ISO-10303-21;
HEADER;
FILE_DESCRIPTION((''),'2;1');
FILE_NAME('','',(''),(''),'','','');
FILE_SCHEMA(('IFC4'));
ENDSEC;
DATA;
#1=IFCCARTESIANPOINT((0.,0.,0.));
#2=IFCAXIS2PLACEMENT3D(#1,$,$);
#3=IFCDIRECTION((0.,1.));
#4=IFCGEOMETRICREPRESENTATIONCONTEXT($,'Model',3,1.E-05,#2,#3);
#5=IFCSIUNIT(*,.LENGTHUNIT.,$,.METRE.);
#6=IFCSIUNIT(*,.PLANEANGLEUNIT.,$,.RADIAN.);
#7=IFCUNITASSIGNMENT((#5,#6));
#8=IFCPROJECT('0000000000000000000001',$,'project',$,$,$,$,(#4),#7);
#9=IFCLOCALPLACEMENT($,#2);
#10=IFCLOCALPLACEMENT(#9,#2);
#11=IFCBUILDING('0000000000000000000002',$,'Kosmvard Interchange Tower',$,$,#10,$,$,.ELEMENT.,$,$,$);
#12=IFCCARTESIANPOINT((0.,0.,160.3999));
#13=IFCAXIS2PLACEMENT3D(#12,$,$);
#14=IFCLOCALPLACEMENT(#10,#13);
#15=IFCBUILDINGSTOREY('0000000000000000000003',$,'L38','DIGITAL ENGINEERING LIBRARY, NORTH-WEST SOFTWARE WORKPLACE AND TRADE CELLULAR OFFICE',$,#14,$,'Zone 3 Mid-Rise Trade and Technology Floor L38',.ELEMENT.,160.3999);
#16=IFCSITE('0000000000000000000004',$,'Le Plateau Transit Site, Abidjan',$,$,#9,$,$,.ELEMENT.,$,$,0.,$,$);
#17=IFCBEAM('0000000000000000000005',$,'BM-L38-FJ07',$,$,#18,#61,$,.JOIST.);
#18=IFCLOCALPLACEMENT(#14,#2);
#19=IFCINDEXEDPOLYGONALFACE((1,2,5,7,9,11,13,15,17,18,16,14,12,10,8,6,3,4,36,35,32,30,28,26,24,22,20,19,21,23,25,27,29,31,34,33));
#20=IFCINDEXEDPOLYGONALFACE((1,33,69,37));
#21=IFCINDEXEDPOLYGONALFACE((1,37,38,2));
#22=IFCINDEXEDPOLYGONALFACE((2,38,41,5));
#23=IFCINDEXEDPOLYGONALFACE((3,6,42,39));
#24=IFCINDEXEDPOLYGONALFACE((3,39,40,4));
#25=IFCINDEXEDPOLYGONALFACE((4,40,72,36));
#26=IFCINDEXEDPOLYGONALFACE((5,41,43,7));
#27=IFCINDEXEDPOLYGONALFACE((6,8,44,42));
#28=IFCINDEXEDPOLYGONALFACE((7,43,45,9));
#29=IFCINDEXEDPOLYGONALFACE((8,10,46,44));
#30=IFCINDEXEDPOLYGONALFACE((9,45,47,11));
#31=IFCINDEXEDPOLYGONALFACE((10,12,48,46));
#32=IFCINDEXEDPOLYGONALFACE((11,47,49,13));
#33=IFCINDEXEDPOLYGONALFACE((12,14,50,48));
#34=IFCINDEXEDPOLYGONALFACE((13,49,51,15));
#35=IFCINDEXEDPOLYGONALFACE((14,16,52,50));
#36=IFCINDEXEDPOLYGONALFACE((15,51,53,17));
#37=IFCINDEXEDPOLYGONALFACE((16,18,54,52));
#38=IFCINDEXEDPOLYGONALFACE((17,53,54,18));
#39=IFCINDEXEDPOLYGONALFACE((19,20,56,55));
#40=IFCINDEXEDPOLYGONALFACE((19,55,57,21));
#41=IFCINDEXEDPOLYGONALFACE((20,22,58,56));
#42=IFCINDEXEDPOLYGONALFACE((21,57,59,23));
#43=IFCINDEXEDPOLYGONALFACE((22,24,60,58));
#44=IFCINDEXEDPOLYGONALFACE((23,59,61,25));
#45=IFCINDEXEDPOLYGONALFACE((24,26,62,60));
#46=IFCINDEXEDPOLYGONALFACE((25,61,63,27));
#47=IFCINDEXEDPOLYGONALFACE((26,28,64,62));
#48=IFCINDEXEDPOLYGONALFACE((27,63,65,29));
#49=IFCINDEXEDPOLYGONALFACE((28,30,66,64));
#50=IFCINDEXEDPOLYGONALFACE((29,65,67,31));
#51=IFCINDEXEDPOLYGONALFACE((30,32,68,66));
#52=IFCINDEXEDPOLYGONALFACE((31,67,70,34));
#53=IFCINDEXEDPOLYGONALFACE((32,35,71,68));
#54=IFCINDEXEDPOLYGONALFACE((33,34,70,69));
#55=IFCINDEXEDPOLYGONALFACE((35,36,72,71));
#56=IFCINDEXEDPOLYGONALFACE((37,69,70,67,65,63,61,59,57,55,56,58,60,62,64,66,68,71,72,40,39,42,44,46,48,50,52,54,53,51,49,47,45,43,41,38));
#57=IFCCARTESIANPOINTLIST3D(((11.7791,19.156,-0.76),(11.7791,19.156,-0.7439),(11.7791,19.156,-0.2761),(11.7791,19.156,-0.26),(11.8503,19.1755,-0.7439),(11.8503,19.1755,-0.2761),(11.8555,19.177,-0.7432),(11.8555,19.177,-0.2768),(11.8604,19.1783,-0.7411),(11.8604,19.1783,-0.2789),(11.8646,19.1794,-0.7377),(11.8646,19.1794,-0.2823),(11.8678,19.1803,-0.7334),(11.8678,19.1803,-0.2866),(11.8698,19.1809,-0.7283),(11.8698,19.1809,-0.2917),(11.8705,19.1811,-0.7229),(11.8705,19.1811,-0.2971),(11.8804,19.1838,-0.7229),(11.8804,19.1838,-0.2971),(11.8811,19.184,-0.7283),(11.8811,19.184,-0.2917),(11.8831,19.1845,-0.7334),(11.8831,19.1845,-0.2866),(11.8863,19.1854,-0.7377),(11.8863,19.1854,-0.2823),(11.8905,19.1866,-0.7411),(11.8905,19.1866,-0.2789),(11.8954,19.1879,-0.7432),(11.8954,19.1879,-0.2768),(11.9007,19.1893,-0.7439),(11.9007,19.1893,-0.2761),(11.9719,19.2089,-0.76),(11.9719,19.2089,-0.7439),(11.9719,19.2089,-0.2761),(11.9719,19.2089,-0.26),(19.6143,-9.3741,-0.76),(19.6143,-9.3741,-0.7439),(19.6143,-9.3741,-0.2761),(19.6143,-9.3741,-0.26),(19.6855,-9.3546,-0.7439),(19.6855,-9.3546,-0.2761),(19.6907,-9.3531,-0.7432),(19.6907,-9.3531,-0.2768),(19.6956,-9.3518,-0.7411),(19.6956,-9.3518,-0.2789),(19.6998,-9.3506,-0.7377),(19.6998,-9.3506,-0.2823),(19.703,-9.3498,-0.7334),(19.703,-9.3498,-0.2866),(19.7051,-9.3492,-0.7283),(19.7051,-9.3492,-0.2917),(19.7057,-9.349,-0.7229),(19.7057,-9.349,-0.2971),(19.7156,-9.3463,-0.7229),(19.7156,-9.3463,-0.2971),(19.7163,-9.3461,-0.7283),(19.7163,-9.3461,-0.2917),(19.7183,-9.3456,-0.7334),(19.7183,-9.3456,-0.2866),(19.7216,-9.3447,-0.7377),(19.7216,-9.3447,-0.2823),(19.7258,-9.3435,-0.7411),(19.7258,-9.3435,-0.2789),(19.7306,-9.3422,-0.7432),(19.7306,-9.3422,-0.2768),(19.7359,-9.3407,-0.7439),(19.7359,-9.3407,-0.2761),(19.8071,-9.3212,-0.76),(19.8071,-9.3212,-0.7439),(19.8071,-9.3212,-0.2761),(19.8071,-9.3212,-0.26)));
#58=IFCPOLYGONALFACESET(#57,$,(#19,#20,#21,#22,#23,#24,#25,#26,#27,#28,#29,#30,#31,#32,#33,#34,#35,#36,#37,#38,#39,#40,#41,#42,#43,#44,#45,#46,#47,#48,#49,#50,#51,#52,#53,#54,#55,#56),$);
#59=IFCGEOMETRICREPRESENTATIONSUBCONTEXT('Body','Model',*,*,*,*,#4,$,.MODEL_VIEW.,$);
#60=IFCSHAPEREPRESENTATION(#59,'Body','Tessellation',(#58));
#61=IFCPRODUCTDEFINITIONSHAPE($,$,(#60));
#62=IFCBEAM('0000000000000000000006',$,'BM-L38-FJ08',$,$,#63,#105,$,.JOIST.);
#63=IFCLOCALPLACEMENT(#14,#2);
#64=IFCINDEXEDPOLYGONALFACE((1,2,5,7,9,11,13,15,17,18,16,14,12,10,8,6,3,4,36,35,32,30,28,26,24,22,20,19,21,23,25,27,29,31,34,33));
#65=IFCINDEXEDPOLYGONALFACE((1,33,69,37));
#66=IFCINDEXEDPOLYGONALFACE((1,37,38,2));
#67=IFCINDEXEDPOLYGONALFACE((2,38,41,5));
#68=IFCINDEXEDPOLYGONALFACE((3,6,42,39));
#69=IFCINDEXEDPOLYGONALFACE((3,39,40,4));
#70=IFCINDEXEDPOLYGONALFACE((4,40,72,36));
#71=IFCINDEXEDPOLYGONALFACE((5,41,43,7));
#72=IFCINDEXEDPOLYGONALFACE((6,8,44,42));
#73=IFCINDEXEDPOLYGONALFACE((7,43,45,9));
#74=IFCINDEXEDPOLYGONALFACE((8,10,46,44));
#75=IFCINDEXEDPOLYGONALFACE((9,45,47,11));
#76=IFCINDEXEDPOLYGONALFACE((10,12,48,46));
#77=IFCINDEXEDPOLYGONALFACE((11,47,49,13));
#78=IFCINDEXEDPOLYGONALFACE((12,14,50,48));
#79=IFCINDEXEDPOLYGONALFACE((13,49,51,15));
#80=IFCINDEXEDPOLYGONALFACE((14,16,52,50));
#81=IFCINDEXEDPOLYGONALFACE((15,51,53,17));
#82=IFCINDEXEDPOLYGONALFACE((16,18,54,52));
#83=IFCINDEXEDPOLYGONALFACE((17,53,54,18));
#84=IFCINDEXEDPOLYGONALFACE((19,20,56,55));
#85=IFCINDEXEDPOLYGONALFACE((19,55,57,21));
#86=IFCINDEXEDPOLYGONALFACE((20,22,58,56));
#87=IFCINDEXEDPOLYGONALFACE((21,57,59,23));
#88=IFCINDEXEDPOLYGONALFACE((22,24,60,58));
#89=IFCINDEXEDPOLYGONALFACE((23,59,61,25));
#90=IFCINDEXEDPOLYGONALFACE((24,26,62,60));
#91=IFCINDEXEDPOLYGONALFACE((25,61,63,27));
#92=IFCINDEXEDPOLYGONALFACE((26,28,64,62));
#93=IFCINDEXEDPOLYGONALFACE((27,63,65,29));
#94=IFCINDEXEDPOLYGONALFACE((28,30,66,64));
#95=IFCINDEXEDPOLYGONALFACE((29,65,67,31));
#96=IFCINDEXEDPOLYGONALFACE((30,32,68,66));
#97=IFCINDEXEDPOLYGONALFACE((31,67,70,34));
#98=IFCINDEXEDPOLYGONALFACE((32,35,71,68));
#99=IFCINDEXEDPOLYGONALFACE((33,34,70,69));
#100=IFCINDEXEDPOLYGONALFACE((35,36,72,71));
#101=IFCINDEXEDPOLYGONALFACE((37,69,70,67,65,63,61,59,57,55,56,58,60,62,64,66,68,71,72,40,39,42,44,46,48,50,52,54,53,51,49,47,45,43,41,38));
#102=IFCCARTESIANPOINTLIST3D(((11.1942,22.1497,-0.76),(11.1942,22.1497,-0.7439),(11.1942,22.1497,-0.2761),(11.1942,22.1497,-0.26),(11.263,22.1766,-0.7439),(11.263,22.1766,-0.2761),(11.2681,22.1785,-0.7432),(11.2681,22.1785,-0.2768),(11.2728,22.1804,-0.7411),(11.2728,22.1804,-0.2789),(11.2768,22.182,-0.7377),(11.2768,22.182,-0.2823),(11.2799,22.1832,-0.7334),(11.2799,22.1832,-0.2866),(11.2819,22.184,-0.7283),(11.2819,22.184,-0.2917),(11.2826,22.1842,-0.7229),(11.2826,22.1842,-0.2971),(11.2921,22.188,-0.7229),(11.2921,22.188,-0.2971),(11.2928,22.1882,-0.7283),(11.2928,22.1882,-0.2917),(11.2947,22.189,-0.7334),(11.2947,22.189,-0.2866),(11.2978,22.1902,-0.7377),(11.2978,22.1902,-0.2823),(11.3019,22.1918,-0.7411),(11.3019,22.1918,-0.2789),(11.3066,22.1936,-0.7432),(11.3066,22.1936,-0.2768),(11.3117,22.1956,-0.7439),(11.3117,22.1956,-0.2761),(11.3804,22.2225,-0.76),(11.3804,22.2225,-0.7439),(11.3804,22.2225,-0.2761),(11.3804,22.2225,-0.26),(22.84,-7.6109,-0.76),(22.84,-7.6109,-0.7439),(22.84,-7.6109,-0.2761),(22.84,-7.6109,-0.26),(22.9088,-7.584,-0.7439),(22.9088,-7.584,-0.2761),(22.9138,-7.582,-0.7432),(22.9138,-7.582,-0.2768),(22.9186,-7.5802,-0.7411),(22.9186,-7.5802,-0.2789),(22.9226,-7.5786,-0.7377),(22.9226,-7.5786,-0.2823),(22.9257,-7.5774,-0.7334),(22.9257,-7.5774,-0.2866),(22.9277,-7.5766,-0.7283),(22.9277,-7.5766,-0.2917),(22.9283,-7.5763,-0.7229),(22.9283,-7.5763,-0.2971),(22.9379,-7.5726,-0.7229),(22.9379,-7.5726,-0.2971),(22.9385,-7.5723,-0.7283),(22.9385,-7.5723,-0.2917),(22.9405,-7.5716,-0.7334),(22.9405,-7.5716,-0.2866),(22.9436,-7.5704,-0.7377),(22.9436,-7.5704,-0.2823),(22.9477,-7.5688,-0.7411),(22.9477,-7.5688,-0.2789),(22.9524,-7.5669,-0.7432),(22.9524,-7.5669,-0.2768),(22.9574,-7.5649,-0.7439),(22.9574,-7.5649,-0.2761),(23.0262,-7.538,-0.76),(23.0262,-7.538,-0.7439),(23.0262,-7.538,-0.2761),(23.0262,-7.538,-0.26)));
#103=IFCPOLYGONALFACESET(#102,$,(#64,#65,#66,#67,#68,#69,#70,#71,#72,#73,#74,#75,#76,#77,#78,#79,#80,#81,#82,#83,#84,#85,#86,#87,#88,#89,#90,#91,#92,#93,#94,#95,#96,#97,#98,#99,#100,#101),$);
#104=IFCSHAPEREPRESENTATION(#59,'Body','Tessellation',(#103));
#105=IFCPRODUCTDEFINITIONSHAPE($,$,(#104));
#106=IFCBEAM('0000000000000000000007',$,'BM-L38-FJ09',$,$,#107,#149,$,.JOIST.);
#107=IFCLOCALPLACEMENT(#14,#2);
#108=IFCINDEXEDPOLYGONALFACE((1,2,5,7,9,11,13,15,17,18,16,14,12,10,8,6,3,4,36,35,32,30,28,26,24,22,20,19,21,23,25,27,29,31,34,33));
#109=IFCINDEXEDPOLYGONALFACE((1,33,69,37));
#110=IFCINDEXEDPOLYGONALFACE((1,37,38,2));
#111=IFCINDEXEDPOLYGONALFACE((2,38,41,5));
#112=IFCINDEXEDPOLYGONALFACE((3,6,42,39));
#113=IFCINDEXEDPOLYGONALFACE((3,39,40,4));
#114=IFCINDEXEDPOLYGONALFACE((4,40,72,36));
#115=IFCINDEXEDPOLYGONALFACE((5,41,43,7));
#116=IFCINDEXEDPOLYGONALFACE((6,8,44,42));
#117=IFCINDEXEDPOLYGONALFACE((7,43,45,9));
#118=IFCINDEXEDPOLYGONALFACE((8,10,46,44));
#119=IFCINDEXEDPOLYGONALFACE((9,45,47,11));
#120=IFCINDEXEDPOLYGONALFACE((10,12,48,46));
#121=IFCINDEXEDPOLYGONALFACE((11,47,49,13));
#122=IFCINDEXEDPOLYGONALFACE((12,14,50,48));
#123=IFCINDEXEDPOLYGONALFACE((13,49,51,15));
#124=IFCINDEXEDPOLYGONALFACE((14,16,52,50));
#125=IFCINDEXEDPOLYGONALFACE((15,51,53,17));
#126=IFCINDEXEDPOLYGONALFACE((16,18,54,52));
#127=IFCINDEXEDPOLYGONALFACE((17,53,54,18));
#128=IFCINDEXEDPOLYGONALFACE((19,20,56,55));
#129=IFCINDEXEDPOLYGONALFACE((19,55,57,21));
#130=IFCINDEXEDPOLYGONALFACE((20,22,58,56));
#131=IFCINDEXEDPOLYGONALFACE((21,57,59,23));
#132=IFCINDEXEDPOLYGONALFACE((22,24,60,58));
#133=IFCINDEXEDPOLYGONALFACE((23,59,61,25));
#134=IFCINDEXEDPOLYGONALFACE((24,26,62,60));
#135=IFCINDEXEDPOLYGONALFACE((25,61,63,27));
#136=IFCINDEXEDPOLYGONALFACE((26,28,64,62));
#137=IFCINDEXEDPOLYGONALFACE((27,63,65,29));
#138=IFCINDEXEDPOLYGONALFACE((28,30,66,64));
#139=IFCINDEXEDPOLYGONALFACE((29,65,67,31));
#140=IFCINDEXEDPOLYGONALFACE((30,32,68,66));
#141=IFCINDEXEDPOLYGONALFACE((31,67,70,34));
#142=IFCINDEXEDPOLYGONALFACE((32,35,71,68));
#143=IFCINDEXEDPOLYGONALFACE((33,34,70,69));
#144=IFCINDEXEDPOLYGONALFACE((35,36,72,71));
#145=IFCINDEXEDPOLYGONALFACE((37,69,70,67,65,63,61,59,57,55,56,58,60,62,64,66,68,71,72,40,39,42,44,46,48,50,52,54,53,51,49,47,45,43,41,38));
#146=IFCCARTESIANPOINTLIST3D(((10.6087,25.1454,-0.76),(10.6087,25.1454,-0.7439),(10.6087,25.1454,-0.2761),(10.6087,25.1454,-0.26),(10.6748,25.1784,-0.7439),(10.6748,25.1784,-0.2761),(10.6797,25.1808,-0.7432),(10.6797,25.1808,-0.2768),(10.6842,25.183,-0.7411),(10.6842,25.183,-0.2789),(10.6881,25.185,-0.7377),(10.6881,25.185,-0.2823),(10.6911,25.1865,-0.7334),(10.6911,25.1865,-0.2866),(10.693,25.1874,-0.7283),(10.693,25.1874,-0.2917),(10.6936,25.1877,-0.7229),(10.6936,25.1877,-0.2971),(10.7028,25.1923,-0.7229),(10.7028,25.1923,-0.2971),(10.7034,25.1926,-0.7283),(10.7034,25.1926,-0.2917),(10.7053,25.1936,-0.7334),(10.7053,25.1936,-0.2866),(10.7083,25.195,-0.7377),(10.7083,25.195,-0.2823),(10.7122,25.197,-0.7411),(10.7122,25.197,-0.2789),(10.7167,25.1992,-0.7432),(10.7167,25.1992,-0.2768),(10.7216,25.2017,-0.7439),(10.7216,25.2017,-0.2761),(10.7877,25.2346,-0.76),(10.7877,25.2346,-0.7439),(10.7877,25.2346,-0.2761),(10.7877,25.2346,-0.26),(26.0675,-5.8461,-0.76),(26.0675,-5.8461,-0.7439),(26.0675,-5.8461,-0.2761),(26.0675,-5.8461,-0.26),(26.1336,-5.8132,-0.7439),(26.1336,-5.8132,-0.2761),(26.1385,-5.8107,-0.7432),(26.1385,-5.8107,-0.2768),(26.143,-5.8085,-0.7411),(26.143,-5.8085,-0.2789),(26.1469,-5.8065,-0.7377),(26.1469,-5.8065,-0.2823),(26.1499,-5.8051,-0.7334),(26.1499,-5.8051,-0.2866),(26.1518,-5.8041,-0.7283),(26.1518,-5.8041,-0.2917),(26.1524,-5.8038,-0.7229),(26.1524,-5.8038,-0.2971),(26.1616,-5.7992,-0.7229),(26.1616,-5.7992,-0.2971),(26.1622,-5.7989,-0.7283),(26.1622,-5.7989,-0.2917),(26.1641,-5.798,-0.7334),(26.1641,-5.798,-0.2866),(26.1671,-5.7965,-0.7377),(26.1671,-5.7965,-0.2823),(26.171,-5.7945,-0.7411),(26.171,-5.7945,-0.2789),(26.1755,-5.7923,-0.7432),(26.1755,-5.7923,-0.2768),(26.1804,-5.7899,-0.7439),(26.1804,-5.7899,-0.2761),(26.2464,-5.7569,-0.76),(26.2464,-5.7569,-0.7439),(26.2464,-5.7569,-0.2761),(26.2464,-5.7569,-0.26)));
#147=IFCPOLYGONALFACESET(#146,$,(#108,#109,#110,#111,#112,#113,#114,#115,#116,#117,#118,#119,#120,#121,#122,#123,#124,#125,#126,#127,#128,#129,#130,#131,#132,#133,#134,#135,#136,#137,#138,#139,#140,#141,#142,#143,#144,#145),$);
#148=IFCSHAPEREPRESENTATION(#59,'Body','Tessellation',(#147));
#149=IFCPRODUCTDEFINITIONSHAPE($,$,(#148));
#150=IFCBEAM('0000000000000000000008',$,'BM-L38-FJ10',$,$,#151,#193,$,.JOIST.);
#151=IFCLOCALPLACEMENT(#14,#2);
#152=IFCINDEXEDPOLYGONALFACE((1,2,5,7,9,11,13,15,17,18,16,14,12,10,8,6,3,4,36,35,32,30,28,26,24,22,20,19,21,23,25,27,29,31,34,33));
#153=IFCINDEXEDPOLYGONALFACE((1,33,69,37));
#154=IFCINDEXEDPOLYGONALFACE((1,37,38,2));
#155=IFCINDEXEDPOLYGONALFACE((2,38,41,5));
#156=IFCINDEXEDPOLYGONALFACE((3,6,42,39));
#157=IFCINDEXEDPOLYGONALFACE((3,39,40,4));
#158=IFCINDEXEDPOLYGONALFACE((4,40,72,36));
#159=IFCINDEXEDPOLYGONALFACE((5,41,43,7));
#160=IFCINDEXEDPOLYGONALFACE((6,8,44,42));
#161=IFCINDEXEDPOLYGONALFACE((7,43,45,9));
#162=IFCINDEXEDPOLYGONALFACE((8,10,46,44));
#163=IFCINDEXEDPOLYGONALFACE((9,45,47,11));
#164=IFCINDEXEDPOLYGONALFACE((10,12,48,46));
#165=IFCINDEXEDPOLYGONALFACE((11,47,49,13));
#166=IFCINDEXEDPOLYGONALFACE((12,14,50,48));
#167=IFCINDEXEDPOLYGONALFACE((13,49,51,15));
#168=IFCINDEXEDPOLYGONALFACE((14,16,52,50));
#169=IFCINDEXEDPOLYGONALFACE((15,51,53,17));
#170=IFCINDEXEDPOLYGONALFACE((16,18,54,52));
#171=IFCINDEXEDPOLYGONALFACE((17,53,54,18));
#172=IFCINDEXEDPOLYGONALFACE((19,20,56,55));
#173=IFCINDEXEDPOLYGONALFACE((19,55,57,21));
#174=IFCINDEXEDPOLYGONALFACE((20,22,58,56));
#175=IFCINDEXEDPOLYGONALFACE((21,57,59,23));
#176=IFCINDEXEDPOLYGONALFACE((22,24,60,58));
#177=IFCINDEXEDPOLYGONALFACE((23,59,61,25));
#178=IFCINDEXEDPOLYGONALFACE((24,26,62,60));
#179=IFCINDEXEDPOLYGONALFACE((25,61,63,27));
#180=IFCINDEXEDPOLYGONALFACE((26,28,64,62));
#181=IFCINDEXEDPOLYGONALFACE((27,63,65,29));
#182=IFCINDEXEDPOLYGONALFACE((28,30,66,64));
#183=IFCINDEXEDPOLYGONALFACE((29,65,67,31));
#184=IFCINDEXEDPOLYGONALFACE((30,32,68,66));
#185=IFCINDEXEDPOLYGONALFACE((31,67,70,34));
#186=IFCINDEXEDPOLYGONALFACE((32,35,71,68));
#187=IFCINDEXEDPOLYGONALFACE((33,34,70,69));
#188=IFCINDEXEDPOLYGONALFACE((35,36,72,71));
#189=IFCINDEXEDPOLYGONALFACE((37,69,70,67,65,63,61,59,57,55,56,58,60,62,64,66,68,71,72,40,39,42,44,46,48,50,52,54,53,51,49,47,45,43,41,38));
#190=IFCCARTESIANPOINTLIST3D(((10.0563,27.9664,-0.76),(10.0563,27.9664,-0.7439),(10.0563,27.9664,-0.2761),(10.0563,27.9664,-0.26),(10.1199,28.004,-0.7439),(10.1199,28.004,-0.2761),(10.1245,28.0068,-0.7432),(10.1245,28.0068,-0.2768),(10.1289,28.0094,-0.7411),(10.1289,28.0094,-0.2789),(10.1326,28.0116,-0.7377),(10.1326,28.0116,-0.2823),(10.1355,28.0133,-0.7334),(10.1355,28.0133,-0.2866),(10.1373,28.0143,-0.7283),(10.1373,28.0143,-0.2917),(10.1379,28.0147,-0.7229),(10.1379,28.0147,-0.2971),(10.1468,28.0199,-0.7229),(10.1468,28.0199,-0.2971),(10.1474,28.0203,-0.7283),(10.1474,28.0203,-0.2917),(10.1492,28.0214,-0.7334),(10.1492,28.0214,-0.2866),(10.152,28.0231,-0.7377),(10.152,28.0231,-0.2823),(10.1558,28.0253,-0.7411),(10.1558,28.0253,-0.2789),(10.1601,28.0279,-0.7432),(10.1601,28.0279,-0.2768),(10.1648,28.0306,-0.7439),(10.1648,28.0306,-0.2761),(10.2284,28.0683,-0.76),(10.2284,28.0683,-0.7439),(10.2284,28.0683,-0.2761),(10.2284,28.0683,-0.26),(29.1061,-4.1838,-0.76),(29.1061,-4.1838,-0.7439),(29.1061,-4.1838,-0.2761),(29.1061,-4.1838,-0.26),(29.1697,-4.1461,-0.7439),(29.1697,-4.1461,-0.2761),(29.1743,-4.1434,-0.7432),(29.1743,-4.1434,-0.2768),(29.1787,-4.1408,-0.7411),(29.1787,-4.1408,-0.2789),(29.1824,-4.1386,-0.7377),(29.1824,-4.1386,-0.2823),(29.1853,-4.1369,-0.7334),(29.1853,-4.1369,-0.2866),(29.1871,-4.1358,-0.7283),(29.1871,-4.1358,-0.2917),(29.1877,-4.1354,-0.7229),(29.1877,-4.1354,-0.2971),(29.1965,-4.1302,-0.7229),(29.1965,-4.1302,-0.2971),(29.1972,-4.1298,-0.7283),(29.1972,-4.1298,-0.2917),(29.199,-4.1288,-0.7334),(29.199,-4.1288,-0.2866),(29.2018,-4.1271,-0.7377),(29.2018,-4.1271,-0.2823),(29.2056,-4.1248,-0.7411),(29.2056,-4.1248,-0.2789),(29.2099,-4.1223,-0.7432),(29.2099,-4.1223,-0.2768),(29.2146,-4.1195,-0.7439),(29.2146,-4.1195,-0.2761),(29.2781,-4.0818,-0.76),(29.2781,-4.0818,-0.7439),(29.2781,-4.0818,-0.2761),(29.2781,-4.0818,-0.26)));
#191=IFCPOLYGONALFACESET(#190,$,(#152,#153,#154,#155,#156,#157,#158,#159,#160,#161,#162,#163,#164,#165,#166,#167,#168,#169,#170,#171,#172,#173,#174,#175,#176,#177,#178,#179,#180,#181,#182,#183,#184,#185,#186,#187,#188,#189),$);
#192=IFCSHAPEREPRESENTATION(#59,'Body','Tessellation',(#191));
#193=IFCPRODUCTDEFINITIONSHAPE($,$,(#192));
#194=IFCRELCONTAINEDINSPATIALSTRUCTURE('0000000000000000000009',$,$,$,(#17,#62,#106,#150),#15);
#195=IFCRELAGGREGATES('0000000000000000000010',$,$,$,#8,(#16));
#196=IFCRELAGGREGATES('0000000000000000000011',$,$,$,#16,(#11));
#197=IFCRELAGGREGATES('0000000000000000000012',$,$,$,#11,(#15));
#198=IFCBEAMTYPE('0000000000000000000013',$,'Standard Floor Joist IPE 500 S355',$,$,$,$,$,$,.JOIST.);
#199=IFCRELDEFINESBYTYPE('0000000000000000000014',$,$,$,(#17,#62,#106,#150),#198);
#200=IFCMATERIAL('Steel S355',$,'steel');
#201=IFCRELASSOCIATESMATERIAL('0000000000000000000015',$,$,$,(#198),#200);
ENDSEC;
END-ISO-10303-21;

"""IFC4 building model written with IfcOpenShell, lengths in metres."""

from ifc_helpers import new_model, si_unit, direction, frame, origin, origin_2d, place, context, subcontext, project, spatial, i_section, extrude, source, transform, mapped, material, material_profile, profile_set, type_object, element, save


model = new_model("IFC4")

# Units and contexts
model_context = context("Model", 3, precision=1e-05, world=origin(), true_north=direction((0.0, 1.0)))
body_context = subcontext(model_context, "Body", "Model", "MODEL_VIEW")
ifc_project = project(units=[si_unit("LENGTHUNIT", "METRE"), si_unit("PLANEANGLEUNIT", "RADIAN")], contexts=[model_context])

# Site, building, storey
site_placement = place(None, origin())
site = spatial("IfcSite", under=ifc_project, at=site_placement, Name="Le Plateau Transit Site, Abidjan", CompositionType="ELEMENT", RefElevation=0.0)
building_placement = place(site_placement, origin())
building = spatial("IfcBuilding", under=site, at=building_placement, Name="Kosmvard Interchange Tower", CompositionType="ELEMENT")
storey_placement = place(building_placement, frame((0.0, 0.0, 160.3999)))
storey = spatial("IfcBuildingStorey", under=building, at=storey_placement, Name="L38", Description="DIGITAL ENGINEERING LIBRARY, NORTH-WEST SOFTWARE WORKPLACE AND TRADE CELLULAR OFFICE", LongName="Zone 3 Mid-Rise Trade and Technology Floor L38", CompositionType="ELEMENT", Elevation=160.3999)

# Beams
ifc_material_1 = material(Name="Steel S355", Category="steel")
ifc_material_profile_1 = material_profile(ifc_material_1, i_section(OverallWidth=0.2, OverallDepth=0.5, WebThickness=0.0103, FlangeThickness=0.0161, FilletRadius=0.021, at=origin_2d()), Name="IPE 500")
ifc_profile_set_1 = profile_set([ifc_material_profile_1], Name="Steel S355")
beam_type_1 = type_object("IfcBeamType", Name="Standard Floor Joist IPE 500 S355", PredefinedType="JOIST", material=ifc_profile_set_1)
shared_shape_1 = source(origin(), body_context, "Body", "SweptSolid", [
    extrude(i_section(OverallWidth=0.2, OverallDepth=0.5, WebThickness=0.0103, FlangeThickness=0.0161, FilletRadius=0.021, at=origin_2d()), origin(), (0.0, 0.0, 1.0), 29.5864),
])
beam_1_placement = place(storey_placement, frame((19.7107, -9.3477, -0.51), z_axis=(-0.264825, 0.964297, 0.0), x_axis=(-0.964297, -0.264825, 0.0)))
element("IfcBeam", 1, at=beam_1_placement, inside=storey, type_object=beam_type_1, Name="BM-L38-FJ07", PredefinedType="JOIST", context=body_context, shape_type="MappedRepresentation", body=[
    mapped(shared_shape_1, transform((0.0, 0.0, 0.0), scale=1.0)),
])
shared_shape_2 = source(origin(), body_context, "Body", "SweptSolid", [
    extrude(i_section(OverallWidth=0.2, OverallDepth=0.5, WebThickness=0.0103, FlangeThickness=0.0161, FilletRadius=0.021, at=origin_2d()), origin(), (0.0, 0.0, 1.0), 31.958),
])
beam_2_placement = place(storey_placement, frame((22.9331, -7.5745, -0.51), z_axis=(-0.364409, 0.931239, 0.0), x_axis=(-0.931239, -0.364409, 0.0)))
element("IfcBeam", 2, at=beam_2_placement, inside=storey, type_object=beam_type_1, Name="BM-L38-FJ08", PredefinedType="JOIST", context=body_context, shape_type="MappedRepresentation", body=[
    mapped(shared_shape_2, transform((0.0, 0.0, 0.0), scale=1.0)),
])
shared_shape_3 = source(origin(), body_context, "Body", "SweptSolid", [
    extrude(i_section(OverallWidth=0.2, OverallDepth=0.5, WebThickness=0.0103, FlangeThickness=0.0161, FilletRadius=0.021, at=origin_2d()), origin(), (0.0, 0.0, 1.0), 34.6331),
])
beam_3_placement = place(storey_placement, frame((26.157, -5.8015, -0.51), z_axis=(-0.446359, 0.894854, 0.0), x_axis=(-0.894854, -0.446359, 0.0)))
element("IfcBeam", 3, at=beam_3_placement, inside=storey, type_object=beam_type_1, Name="BM-L38-FJ09", PredefinedType="JOIST", context=body_context, shape_type="MappedRepresentation", body=[
    mapped(shared_shape_3, transform((0.0, 0.0, 0.0), scale=1.0)),
])
shared_shape_4 = source(origin(), body_context, "Body", "SweptSolid", [
    extrude(i_section(OverallWidth=0.2, OverallDepth=0.5, WebThickness=0.0103, FlangeThickness=0.0161, FilletRadius=0.021, at=origin_2d()), origin(), (0.0, 0.0, 1.0), 37.3701),
])
beam_4_placement = place(storey_placement, frame((29.1921, -4.1328, -0.51), z_axis=(-0.50976, 0.860317, 0.0), x_axis=(-0.860317, -0.50976, 0.0)))
element("IfcBeam", 4, at=beam_4_placement, inside=storey, type_object=beam_type_1, Name="BM-L38-FJ10", PredefinedType="JOIST", context=body_context, shape_type="MappedRepresentation", body=[
    mapped(shared_shape_4, transform((0.0, 0.0, 0.0), scale=1.0)),
])

save(model, "model.ifc")
